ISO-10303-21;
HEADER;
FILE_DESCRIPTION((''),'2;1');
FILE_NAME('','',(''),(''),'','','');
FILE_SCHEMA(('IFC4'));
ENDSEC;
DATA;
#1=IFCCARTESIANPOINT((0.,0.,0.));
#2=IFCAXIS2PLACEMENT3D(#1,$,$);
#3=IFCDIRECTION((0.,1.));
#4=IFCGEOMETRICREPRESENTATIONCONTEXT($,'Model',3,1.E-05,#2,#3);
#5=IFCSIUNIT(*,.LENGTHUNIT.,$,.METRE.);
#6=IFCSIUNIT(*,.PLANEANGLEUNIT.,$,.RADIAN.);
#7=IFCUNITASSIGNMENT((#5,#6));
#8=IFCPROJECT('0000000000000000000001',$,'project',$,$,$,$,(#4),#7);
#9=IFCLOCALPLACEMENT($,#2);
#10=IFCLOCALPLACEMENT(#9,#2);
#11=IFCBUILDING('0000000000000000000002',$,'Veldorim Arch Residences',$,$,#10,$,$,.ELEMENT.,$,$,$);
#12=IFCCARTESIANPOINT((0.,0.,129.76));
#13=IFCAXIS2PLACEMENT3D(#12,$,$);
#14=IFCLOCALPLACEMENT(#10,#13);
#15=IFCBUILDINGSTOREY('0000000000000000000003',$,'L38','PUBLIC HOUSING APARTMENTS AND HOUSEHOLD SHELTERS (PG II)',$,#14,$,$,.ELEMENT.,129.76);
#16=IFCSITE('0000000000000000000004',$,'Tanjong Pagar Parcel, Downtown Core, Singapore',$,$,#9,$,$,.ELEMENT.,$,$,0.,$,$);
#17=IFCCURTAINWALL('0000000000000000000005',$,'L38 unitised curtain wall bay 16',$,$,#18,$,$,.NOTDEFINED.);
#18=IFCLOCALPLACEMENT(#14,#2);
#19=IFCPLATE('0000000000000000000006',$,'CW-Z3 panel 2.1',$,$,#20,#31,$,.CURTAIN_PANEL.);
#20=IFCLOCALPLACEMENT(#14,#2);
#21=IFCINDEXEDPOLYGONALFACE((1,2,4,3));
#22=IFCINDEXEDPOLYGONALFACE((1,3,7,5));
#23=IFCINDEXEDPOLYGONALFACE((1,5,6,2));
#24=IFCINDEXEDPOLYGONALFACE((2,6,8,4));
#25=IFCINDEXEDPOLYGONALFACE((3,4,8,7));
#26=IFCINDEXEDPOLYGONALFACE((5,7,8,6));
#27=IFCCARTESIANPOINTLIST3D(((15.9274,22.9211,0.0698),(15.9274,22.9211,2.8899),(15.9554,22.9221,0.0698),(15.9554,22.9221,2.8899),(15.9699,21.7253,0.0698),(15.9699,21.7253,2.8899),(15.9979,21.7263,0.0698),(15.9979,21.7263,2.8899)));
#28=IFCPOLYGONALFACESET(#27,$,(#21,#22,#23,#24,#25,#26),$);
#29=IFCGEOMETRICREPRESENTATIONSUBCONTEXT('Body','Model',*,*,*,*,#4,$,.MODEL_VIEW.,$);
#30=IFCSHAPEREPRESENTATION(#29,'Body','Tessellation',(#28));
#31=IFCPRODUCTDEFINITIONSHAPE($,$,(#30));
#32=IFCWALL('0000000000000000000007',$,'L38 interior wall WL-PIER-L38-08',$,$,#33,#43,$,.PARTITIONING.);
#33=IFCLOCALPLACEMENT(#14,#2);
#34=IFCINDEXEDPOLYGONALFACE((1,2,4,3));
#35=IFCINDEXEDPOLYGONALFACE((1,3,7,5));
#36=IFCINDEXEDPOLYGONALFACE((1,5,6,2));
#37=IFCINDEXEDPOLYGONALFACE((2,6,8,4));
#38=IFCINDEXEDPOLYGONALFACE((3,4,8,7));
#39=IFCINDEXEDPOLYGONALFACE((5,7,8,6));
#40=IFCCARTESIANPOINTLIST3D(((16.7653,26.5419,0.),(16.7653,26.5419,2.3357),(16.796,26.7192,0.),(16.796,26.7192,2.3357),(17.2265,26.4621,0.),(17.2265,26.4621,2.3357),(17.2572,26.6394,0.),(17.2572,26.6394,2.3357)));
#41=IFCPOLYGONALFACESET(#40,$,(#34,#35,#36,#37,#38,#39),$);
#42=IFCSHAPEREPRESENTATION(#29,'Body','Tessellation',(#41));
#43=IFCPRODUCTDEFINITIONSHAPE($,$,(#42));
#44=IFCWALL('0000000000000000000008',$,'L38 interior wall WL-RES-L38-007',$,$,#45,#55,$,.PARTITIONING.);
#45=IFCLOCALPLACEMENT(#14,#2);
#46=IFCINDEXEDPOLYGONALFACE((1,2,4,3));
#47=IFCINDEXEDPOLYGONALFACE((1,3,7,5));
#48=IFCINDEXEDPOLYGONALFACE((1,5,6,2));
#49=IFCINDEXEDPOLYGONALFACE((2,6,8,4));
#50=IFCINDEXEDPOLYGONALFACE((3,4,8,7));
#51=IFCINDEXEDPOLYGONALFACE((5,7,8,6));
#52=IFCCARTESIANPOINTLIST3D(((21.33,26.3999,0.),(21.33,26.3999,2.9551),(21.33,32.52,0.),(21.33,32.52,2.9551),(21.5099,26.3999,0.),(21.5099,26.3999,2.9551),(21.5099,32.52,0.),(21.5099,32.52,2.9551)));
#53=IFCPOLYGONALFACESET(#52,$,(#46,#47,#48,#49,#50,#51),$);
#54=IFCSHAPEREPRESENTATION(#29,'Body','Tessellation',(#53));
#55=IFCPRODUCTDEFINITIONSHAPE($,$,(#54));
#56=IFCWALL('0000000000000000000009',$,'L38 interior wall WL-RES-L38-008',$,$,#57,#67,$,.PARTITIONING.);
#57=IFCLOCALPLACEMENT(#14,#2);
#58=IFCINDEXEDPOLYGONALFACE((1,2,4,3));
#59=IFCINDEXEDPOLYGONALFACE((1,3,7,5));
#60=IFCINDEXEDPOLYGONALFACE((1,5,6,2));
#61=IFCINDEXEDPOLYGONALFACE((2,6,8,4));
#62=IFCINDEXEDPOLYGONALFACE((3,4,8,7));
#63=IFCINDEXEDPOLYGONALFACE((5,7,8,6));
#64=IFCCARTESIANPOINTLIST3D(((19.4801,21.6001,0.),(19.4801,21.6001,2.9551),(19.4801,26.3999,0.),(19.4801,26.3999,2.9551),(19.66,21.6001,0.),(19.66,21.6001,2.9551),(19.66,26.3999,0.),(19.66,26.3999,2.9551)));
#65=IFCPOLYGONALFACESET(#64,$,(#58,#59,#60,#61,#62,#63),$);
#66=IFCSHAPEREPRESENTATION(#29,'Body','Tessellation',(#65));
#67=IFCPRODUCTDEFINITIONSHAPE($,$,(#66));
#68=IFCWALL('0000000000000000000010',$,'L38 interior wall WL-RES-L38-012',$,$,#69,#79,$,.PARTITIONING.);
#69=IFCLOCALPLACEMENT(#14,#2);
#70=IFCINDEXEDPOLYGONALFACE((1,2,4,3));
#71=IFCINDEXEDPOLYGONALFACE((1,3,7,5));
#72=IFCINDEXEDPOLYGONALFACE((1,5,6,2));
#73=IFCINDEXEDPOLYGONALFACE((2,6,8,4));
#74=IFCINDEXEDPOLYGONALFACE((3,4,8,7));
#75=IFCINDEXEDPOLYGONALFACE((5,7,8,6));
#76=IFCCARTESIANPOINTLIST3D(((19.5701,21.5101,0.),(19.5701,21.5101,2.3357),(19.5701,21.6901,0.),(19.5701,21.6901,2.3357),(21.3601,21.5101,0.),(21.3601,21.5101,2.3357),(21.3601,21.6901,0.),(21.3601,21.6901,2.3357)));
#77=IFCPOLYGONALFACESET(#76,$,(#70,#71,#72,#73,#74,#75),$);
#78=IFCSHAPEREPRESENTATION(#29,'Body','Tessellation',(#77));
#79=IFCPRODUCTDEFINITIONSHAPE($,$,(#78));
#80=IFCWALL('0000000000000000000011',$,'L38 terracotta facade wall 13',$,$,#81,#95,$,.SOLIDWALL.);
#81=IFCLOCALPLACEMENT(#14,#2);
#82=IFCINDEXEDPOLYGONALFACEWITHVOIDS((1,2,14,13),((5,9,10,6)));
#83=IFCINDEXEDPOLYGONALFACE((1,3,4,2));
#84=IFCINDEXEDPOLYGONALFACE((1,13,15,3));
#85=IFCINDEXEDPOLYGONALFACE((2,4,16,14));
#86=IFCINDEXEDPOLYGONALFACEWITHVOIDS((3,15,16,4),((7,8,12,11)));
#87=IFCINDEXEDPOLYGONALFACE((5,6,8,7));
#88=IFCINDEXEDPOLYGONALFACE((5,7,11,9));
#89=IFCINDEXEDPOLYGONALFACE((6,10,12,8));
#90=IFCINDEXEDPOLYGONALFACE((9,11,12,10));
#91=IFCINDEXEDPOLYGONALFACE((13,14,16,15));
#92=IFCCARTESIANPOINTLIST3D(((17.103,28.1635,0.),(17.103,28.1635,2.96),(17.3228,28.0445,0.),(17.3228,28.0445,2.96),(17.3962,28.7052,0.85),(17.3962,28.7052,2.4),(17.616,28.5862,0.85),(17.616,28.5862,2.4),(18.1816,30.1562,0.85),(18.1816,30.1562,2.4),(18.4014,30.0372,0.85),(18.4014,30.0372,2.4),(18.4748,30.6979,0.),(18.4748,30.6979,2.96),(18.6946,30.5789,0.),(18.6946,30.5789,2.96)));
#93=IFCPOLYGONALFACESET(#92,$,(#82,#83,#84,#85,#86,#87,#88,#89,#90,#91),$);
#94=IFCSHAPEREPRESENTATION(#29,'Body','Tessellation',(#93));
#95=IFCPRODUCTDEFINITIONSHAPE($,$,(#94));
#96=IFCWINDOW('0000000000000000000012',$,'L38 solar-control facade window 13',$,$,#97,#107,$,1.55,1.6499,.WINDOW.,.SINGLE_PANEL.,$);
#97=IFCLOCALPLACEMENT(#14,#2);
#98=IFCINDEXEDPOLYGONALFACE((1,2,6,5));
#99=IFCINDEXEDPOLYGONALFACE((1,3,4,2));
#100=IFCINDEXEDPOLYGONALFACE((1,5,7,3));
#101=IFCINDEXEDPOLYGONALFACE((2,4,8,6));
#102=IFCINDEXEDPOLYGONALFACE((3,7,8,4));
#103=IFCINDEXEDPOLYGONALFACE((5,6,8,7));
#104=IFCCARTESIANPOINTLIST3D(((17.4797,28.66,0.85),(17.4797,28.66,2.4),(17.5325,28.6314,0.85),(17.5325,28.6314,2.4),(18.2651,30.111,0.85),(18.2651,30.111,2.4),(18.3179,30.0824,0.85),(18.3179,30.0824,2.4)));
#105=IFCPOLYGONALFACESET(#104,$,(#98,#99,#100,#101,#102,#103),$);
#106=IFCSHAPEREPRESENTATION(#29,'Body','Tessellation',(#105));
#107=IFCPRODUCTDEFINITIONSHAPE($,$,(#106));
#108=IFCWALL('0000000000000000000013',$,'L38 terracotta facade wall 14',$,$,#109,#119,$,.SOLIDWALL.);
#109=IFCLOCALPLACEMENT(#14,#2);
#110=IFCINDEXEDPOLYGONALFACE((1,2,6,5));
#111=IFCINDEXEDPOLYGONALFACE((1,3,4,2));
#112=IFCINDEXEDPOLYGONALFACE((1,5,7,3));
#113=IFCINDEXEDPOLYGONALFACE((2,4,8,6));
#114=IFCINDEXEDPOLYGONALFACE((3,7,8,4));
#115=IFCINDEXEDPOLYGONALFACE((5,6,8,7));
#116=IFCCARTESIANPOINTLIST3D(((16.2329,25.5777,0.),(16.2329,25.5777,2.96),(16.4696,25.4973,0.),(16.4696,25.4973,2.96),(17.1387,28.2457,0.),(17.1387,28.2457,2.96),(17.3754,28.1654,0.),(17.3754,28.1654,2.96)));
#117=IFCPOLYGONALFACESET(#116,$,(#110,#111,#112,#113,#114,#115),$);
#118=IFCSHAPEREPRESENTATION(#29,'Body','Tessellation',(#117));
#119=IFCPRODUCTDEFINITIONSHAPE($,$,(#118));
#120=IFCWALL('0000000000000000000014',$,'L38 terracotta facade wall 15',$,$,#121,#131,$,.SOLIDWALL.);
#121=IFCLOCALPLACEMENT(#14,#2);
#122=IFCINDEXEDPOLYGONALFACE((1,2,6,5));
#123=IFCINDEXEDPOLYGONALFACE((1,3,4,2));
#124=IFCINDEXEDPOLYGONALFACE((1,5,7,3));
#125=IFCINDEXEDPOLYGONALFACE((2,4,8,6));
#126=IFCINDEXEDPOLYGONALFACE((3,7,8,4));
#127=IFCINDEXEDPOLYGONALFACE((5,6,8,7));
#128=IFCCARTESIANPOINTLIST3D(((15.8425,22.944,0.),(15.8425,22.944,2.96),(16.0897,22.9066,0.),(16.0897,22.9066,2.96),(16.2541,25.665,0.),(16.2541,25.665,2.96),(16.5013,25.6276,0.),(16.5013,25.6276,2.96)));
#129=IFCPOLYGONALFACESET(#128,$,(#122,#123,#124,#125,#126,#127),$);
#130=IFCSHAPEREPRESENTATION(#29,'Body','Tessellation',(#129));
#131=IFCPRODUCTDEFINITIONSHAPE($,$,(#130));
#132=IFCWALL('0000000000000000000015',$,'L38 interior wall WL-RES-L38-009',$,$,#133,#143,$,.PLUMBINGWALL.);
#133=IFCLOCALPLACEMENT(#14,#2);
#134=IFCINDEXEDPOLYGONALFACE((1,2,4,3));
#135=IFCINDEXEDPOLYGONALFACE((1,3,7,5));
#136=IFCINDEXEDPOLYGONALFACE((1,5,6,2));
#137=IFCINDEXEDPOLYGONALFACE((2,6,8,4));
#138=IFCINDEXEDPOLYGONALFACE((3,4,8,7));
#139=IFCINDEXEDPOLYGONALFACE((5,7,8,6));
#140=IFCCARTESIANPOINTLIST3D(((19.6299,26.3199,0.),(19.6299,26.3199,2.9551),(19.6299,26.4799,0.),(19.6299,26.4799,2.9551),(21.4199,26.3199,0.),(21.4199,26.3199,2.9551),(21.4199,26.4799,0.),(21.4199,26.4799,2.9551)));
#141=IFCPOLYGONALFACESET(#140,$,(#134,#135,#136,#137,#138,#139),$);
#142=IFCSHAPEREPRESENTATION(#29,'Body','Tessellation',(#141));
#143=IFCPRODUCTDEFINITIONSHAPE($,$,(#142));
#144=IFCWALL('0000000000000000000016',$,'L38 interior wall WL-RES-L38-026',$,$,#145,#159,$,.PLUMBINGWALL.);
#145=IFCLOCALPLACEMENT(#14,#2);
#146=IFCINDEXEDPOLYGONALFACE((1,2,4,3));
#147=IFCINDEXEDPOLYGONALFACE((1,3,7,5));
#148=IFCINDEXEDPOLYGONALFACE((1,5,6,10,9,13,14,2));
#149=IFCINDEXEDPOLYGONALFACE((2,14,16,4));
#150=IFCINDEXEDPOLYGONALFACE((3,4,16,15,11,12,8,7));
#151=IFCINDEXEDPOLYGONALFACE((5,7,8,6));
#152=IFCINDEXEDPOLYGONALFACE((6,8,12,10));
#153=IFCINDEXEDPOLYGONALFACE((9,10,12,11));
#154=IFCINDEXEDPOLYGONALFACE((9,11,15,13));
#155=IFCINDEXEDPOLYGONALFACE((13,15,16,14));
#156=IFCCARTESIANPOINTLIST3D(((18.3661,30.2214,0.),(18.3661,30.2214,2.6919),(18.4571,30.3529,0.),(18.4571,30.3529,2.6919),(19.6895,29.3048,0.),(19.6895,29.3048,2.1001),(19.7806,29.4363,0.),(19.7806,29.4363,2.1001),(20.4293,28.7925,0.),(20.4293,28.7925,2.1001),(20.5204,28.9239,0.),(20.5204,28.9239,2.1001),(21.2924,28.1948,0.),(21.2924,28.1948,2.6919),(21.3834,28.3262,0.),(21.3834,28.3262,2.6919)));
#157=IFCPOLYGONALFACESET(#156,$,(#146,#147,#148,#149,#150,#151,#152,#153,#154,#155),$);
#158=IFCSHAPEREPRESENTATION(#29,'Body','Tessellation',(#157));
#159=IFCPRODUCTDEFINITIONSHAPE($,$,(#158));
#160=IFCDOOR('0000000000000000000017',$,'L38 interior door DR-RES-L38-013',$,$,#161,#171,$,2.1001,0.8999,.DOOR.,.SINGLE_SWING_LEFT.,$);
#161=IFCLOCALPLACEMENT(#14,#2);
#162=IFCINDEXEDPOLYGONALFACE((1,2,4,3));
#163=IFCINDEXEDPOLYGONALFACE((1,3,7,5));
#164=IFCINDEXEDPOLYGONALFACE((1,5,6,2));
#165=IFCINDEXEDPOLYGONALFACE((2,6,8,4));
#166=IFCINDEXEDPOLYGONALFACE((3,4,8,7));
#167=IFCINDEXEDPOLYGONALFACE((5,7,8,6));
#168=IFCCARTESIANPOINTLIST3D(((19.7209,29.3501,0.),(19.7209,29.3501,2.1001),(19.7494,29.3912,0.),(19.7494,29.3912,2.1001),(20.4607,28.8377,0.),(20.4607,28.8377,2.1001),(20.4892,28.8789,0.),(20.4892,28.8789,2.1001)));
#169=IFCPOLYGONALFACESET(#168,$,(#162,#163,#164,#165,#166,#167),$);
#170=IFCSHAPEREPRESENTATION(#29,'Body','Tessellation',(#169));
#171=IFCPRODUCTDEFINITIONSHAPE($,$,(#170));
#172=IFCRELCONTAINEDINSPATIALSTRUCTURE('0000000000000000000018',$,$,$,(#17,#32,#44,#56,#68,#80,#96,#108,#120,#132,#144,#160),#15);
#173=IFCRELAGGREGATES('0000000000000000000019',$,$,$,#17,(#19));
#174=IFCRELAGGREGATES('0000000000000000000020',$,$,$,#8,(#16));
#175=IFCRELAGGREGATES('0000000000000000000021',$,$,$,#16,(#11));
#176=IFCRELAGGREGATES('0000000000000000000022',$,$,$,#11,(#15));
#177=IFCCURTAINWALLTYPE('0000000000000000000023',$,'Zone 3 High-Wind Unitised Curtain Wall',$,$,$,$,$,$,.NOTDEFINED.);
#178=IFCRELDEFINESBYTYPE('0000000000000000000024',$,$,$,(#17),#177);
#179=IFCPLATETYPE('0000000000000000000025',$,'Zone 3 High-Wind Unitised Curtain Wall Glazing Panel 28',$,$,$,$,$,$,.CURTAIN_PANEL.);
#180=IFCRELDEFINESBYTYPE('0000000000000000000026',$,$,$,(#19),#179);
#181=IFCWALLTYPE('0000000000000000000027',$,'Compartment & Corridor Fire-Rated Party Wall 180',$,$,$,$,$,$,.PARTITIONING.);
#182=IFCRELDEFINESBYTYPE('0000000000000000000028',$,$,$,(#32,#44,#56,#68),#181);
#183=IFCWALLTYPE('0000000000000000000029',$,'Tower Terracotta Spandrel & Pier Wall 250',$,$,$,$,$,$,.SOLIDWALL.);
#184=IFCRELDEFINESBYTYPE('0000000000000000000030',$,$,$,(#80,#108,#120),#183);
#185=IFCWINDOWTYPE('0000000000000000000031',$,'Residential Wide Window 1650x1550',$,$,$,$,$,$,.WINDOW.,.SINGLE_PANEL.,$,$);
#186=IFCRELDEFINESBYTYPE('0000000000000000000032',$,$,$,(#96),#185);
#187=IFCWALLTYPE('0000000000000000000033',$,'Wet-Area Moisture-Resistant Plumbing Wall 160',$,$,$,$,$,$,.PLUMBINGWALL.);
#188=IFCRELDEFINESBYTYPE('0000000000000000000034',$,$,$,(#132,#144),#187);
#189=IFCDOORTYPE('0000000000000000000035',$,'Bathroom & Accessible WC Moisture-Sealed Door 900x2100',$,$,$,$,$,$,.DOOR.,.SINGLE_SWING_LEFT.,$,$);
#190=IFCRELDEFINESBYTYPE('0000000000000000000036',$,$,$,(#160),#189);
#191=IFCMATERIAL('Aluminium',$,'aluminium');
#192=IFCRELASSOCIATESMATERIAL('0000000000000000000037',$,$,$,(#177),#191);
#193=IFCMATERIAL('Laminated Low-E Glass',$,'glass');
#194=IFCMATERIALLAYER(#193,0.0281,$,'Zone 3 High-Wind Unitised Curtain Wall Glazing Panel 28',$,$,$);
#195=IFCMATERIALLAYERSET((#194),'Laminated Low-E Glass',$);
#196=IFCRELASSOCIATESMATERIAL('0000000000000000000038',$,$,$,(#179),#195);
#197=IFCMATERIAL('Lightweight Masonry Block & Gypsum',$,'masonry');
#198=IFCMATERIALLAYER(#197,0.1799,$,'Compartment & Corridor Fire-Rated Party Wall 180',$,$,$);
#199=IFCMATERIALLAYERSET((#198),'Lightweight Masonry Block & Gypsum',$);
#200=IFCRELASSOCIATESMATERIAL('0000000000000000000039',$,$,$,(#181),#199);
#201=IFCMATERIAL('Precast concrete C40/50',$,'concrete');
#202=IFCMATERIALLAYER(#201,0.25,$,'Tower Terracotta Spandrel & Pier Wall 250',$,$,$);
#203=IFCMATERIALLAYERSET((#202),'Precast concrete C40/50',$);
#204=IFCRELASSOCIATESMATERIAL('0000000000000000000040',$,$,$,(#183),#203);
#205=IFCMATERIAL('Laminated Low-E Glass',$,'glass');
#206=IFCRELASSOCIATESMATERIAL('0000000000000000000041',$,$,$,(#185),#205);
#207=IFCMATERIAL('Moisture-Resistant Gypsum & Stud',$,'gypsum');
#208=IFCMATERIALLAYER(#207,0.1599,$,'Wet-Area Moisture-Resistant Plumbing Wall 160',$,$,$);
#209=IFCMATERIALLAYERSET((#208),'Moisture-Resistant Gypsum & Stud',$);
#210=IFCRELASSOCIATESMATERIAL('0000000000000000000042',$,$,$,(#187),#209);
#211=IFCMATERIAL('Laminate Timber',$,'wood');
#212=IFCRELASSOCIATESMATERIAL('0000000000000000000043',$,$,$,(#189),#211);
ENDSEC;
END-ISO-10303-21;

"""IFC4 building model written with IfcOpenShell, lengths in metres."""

from ifc_helpers import new_model, si_unit, direction, frame, frame_2d, origin, origin_2d, place, context, subcontext, project, spatial, rectangle, extrude, material, layer, layer_set, type_object, element, fill, aggregate, save


model = new_model("IFC4")

# Units and contexts
model_context = context("Model", 3, precision=1e-05, world=origin(), true_north=direction((0.0, 1.0)))
body_context = subcontext(model_context, "Body", "Model", "MODEL_VIEW")
ifc_project = project(units=[si_unit("LENGTHUNIT", "METRE"), si_unit("PLANEANGLEUNIT", "RADIAN")], contexts=[model_context])

# Site, building, storey
site_placement = place(None, origin())
site = spatial("IfcSite", under=ifc_project, at=site_placement, Name="Tanjong Pagar Parcel, Downtown Core, Singapore", CompositionType="ELEMENT", RefElevation=0.0)
building_placement = place(site_placement, origin())
building = spatial("IfcBuilding", under=site, at=building_placement, Name="Veldorim Arch Residences", CompositionType="ELEMENT")
storey_placement = place(building_placement, frame((0.0, 0.0, 129.76)))
storey = spatial("IfcBuildingStorey", under=building, at=storey_placement, Name="L38", Description="PUBLIC HOUSING APARTMENTS AND HOUSEHOLD SHELTERS (PG II)", CompositionType="ELEMENT", Elevation=129.76)

# Curtain wall, plate
ifc_material_1 = material(Name="Aluminium", Category="aluminium")
curtain_wall_type = type_object("IfcCurtainWallType", Name="Zone 3 High-Wind Unitised Curtain Wall", PredefinedType="NOTDEFINED", material=ifc_material_1)
curtain_wall_placement = place(storey_placement, origin())
curtain_wall = element("IfcCurtainWall", 1, at=curtain_wall_placement, inside=storey, type_object=curtain_wall_type, Name="L38 unitised curtain wall bay 16", PredefinedType="NOTDEFINED")
ifc_material_2 = material(Name="Laminated Low-E Glass", Category="glass")
ifc_layer_1 = layer(ifc_material_2, 0.0281, Name="Zone 3 High-Wind Unitised Curtain Wall Glazing Panel 28")
ifc_layer_set_1 = layer_set([ifc_layer_1], Name="Laminated Low-E Glass")
plate_type = type_object("IfcPlateType", Name="Zone 3 High-Wind Unitised Curtain Wall Glazing Panel 28", PredefinedType="CURTAIN_PANEL", material=ifc_layer_set_1)
plate_placement = place(storey_placement, frame((15.9626, 22.3237, 0.0698), z_axis=(0.0, 0.0, 1.0), x_axis=(-0.035498, 0.99937, 0.0)))
plate = element("IfcPlate", 2, at=plate_placement, type_object=plate_type, Name="CW-Z3 panel 2.1", PredefinedType="CURTAIN_PANEL", context=body_context, shape_type="SweptSolid", body=[
    extrude(rectangle(XDim=1.1965, YDim=0.0281, at=origin_2d()), origin(), (0.0, 0.0, 1.0), 2.8201),
])
aggregate(curtain_wall, [plate])

# Walls
ifc_material_3 = material(Name="Lightweight Masonry Block & Gypsum", Category="masonry")
ifc_layer_2 = layer(ifc_material_3, 0.1799, Name="Compartment & Corridor Fire-Rated Party Wall 180")
ifc_layer_set_2 = layer_set([ifc_layer_2], Name="Lightweight Masonry Block & Gypsum")
wall_type_1 = type_object("IfcWallType", Name="Compartment & Corridor Fire-Rated Party Wall 180", PredefinedType="PARTITIONING", material=ifc_layer_set_2)
wall_1_placement = place(storey_placement, frame((17.2417, 26.5508, 0.0), z_axis=(0.0, 0.0, 1.0), x_axis=(-0.985345, 0.170571, 0.0)))
element("IfcWall", 3, at=wall_1_placement, inside=storey, type_object=wall_type_1, Name="L38 interior wall WL-PIER-L38-08", PredefinedType="PARTITIONING", context=body_context, shape_type="SweptSolid", body=[
    extrude(rectangle(XDim=0.468, YDim=0.1799, at=frame_2d((0.2339, 0.0))), origin(), (0.0, 0.0, 1.0), 2.3357),
])
wall_2_placement = place(storey_placement, frame((21.4199, 26.3999, 0.0), z_axis=(0.0, 0.0, 1.0), x_axis=(0.0, 1.0, 0.0)))
element("IfcWall", 4, at=wall_2_placement, inside=storey, type_object=wall_type_1, Name="L38 interior wall WL-RES-L38-007", PredefinedType="PARTITIONING", context=body_context, shape_type="SweptSolid", body=[
    extrude(rectangle(XDim=6.1201, YDim=0.1799, at=frame_2d((3.0601, 0.0))), origin(), (0.0, 0.0, 1.0), 2.9551),
])
wall_3_placement = place(storey_placement, frame((19.5701, 21.6001, 0.0), z_axis=(0.0, 0.0, 1.0), x_axis=(0.0, 1.0, 0.0)))
element("IfcWall", 5, at=wall_3_placement, inside=storey, type_object=wall_type_1, Name="L38 interior wall WL-RES-L38-008", PredefinedType="PARTITIONING", context=body_context, shape_type="SweptSolid", body=[
    extrude(rectangle(XDim=4.7998, YDim=0.1799, at=frame_2d((2.3999, 0.0))), origin(), (0.0, 0.0, 1.0), 2.9551),
])
wall_4_placement = place(storey_placement, frame((21.3601, 21.6001, 0.0), z_axis=(0.0, 0.0, 1.0), x_axis=(-1.0, 0.0, 0.0)))
element("IfcWall", 6, at=wall_4_placement, inside=storey, type_object=wall_type_1, Name="L38 interior wall WL-RES-L38-012", PredefinedType="PARTITIONING", context=body_context, shape_type="SweptSolid", body=[
    extrude(rectangle(XDim=1.79, YDim=0.1799, at=frame_2d((0.895, 0.0))), origin(), (0.0, 0.0, 1.0), 2.3357),
])

# Wall, opening, window
ifc_material_4 = material(Name="Precast concrete C40/50", Category="concrete")
ifc_layer_3 = layer(ifc_material_4, 0.25, Name="Tower Terracotta Spandrel & Pier Wall 250")
ifc_layer_set_3 = layer_set([ifc_layer_3], Name="Precast concrete C40/50")
wall_type_2 = type_object("IfcWallType", Name="Tower Terracotta Spandrel & Pier Wall 250", PredefinedType="SOLIDWALL", material=ifc_layer_set_3)
wall_5_placement = place(storey_placement, frame((17.2129, 28.104, 0.0), z_axis=(0.0, 0.0, 1.0), x_axis=(0.476018, 0.879435, 0.0)))
wall_5 = element("IfcWall", 7, at=wall_5_placement, inside=storey, type_object=wall_type_2, Name="L38 terracotta facade wall 13", PredefinedType="SOLIDWALL", context=body_context, shape_type="SweptSolid", body=[
    extrude(rectangle(XDim=2.8818, YDim=0.25, at=frame_2d((1.4409, 0.0))), origin(), (0.0, 0.0, 1.0), 2.96),
])
opening_1_placement = place(wall_5_placement, frame((0.616, 0.0, 0.8501)))
opening_1 = element("IfcOpeningElement", 8, at=opening_1_placement, cuts=wall_5, PredefinedType="OPENING", context=body_context, shape_type="SweptSolid", body=[
    extrude(rectangle(XDim=1.6499, YDim=1.55, at=frame_2d((0.825, 0.7749))), frame((0.0, 0.135, 0.0), z_axis=(0.0, -1.0, 0.0), x_axis=(1.0, 0.0, 0.0)), (0.0, 0.0, 1.0), 0.27),
])
ifc_material_5 = material(Name="Laminated Low-E Glass", Category="glass")
window_type = type_object("IfcWindowType", Name="Residential Wide Window 1650x1550", PartitioningType="SINGLE_PANEL", PredefinedType="WINDOW", material=ifc_material_5)
window_placement = place(opening_1_placement, origin())
window = element("IfcWindow", 9, at=window_placement, inside=storey, type_object=window_type, Name="L38 solar-control facade window 13", OverallHeight=1.55, OverallWidth=1.6499, PartitioningType="SINGLE_PANEL", PredefinedType="WINDOW", context=body_context, shape_type="SweptSolid", body=[
    extrude(rectangle(XDim=1.6499, YDim=1.55, at=frame_2d((0.825, 0.7749))), frame((0.0, 0.03, 0.0), z_axis=(0.0, -1.0, 0.0), x_axis=(1.0, 0.0, 0.0)), (0.0, 0.0, 1.0), 0.0601),
])
fill(opening_1, window)

# Walls
wall_6_placement = place(storey_placement, frame((16.3513, 25.5376, 0.0), z_axis=(0.0, 0.0, 1.0), x_axis=(0.321474, 0.946918, 0.0)))
element("IfcWall", 10, at=wall_6_placement, inside=storey, type_object=wall_type_2, Name="L38 terracotta facade wall 14", PredefinedType="SOLIDWALL", context=body_context, shape_type="SweptSolid", body=[
    extrude(rectangle(XDim=2.8176, YDim=0.25, at=frame_2d((1.4087, 0.0))), origin(), (0.0, 0.0, 1.0), 2.96),
])
wall_7_placement = place(storey_placement, frame((15.9661, 22.9253, 0.0), z_axis=(0.0, 0.0, 1.0), x_axis=(0.149577, 0.98875, 0.0)))
element("IfcWall", 11, at=wall_7_placement, inside=storey, type_object=wall_type_2, Name="L38 terracotta facade wall 15", PredefinedType="SOLIDWALL", context=body_context, shape_type="SweptSolid", body=[
    extrude(rectangle(XDim=2.752, YDim=0.25, at=frame_2d((1.376, 0.0))), origin(), (0.0, 0.0, 1.0), 2.96),
])
ifc_material_6 = material(Name="Moisture-Resistant Gypsum & Stud", Category="gypsum")
ifc_layer_4 = layer(ifc_material_6, 0.1599, Name="Wet-Area Moisture-Resistant Plumbing Wall 160")
ifc_layer_set_4 = layer_set([ifc_layer_4], Name="Moisture-Resistant Gypsum & Stud")
wall_type_3 = type_object("IfcWallType", Name="Wet-Area Moisture-Resistant Plumbing Wall 160", PredefinedType="PLUMBINGWALL", material=ifc_layer_set_4)
wall_8_placement = place(storey_placement, frame((19.6299, 26.3999, 0.0), z_axis=(0.0, 0.0, 1.0), x_axis=(1.0, 0.0, 0.0)))
element("IfcWall", 12, at=wall_8_placement, inside=storey, type_object=wall_type_3, Name="L38 interior wall WL-RES-L38-009", PredefinedType="PLUMBINGWALL", context=body_context, shape_type="SweptSolid", body=[
    extrude(rectangle(XDim=1.79, YDim=0.1599, at=frame_2d((0.895, 0.0))), origin(), (0.0, 0.0, 1.0), 2.9551),
])

# Wall, opening, door
wall_9_placement = place(storey_placement, frame((21.3379, 28.2605, 0.0), z_axis=(0.0, 0.0, 1.0), x_axis=(-0.822096, 0.569349, 0.0)))
wall_9 = element("IfcWall", 13, at=wall_9_placement, inside=storey, type_object=wall_type_3, Name="L38 interior wall WL-RES-L38-026", PredefinedType="PLUMBINGWALL", context=body_context, shape_type="SweptSolid", body=[
    extrude(rectangle(XDim=3.5596, YDim=0.1599, at=frame_2d((1.7798, 0.0))), origin(), (0.0, 0.0, 1.0), 2.6919),
])
opening_2_placement = place(wall_9_placement, frame((1.0498, 0.0, 0.0)))
opening_2 = element("IfcOpeningElement", 14, at=opening_2_placement, cuts=wall_9, PredefinedType="OPENING", context=body_context, shape_type="SweptSolid", body=[
    extrude(rectangle(XDim=0.8999, YDim=2.1001, at=frame_2d((0.45, 1.05))), frame((0.0, 0.0898, 0.0), z_axis=(0.0, -1.0, 0.0), x_axis=(1.0, 0.0, 0.0)), (0.0, 0.0, 1.0), 0.1799),
])
ifc_material_7 = material(Name="Laminate Timber", Category="wood")
door_type = type_object("IfcDoorType", Name="Bathroom & Accessible WC Moisture-Sealed Door 900x2100", OperationType="SINGLE_SWING_LEFT", PredefinedType="DOOR", material=ifc_material_7)
door_placement = place(opening_2_placement, origin())
door = element("IfcDoor", 15, at=door_placement, inside=storey, type_object=door_type, Name="L38 interior door DR-RES-L38-013", OperationType="SINGLE_SWING_LEFT", OverallHeight=2.1001, OverallWidth=0.8999, PredefinedType="DOOR", context=body_context, shape_type="SweptSolid", body=[
    extrude(rectangle(XDim=0.8999, YDim=2.1001, at=frame_2d((0.45, 1.05))), frame((0.0, 0.0249, 0.0), z_axis=(0.0, -1.0, 0.0), x_axis=(1.0, 0.0, 0.0)), (0.0, 0.0, 1.0), 0.05),
])
fill(opening_2, door)

save(model, "model.ifc")
